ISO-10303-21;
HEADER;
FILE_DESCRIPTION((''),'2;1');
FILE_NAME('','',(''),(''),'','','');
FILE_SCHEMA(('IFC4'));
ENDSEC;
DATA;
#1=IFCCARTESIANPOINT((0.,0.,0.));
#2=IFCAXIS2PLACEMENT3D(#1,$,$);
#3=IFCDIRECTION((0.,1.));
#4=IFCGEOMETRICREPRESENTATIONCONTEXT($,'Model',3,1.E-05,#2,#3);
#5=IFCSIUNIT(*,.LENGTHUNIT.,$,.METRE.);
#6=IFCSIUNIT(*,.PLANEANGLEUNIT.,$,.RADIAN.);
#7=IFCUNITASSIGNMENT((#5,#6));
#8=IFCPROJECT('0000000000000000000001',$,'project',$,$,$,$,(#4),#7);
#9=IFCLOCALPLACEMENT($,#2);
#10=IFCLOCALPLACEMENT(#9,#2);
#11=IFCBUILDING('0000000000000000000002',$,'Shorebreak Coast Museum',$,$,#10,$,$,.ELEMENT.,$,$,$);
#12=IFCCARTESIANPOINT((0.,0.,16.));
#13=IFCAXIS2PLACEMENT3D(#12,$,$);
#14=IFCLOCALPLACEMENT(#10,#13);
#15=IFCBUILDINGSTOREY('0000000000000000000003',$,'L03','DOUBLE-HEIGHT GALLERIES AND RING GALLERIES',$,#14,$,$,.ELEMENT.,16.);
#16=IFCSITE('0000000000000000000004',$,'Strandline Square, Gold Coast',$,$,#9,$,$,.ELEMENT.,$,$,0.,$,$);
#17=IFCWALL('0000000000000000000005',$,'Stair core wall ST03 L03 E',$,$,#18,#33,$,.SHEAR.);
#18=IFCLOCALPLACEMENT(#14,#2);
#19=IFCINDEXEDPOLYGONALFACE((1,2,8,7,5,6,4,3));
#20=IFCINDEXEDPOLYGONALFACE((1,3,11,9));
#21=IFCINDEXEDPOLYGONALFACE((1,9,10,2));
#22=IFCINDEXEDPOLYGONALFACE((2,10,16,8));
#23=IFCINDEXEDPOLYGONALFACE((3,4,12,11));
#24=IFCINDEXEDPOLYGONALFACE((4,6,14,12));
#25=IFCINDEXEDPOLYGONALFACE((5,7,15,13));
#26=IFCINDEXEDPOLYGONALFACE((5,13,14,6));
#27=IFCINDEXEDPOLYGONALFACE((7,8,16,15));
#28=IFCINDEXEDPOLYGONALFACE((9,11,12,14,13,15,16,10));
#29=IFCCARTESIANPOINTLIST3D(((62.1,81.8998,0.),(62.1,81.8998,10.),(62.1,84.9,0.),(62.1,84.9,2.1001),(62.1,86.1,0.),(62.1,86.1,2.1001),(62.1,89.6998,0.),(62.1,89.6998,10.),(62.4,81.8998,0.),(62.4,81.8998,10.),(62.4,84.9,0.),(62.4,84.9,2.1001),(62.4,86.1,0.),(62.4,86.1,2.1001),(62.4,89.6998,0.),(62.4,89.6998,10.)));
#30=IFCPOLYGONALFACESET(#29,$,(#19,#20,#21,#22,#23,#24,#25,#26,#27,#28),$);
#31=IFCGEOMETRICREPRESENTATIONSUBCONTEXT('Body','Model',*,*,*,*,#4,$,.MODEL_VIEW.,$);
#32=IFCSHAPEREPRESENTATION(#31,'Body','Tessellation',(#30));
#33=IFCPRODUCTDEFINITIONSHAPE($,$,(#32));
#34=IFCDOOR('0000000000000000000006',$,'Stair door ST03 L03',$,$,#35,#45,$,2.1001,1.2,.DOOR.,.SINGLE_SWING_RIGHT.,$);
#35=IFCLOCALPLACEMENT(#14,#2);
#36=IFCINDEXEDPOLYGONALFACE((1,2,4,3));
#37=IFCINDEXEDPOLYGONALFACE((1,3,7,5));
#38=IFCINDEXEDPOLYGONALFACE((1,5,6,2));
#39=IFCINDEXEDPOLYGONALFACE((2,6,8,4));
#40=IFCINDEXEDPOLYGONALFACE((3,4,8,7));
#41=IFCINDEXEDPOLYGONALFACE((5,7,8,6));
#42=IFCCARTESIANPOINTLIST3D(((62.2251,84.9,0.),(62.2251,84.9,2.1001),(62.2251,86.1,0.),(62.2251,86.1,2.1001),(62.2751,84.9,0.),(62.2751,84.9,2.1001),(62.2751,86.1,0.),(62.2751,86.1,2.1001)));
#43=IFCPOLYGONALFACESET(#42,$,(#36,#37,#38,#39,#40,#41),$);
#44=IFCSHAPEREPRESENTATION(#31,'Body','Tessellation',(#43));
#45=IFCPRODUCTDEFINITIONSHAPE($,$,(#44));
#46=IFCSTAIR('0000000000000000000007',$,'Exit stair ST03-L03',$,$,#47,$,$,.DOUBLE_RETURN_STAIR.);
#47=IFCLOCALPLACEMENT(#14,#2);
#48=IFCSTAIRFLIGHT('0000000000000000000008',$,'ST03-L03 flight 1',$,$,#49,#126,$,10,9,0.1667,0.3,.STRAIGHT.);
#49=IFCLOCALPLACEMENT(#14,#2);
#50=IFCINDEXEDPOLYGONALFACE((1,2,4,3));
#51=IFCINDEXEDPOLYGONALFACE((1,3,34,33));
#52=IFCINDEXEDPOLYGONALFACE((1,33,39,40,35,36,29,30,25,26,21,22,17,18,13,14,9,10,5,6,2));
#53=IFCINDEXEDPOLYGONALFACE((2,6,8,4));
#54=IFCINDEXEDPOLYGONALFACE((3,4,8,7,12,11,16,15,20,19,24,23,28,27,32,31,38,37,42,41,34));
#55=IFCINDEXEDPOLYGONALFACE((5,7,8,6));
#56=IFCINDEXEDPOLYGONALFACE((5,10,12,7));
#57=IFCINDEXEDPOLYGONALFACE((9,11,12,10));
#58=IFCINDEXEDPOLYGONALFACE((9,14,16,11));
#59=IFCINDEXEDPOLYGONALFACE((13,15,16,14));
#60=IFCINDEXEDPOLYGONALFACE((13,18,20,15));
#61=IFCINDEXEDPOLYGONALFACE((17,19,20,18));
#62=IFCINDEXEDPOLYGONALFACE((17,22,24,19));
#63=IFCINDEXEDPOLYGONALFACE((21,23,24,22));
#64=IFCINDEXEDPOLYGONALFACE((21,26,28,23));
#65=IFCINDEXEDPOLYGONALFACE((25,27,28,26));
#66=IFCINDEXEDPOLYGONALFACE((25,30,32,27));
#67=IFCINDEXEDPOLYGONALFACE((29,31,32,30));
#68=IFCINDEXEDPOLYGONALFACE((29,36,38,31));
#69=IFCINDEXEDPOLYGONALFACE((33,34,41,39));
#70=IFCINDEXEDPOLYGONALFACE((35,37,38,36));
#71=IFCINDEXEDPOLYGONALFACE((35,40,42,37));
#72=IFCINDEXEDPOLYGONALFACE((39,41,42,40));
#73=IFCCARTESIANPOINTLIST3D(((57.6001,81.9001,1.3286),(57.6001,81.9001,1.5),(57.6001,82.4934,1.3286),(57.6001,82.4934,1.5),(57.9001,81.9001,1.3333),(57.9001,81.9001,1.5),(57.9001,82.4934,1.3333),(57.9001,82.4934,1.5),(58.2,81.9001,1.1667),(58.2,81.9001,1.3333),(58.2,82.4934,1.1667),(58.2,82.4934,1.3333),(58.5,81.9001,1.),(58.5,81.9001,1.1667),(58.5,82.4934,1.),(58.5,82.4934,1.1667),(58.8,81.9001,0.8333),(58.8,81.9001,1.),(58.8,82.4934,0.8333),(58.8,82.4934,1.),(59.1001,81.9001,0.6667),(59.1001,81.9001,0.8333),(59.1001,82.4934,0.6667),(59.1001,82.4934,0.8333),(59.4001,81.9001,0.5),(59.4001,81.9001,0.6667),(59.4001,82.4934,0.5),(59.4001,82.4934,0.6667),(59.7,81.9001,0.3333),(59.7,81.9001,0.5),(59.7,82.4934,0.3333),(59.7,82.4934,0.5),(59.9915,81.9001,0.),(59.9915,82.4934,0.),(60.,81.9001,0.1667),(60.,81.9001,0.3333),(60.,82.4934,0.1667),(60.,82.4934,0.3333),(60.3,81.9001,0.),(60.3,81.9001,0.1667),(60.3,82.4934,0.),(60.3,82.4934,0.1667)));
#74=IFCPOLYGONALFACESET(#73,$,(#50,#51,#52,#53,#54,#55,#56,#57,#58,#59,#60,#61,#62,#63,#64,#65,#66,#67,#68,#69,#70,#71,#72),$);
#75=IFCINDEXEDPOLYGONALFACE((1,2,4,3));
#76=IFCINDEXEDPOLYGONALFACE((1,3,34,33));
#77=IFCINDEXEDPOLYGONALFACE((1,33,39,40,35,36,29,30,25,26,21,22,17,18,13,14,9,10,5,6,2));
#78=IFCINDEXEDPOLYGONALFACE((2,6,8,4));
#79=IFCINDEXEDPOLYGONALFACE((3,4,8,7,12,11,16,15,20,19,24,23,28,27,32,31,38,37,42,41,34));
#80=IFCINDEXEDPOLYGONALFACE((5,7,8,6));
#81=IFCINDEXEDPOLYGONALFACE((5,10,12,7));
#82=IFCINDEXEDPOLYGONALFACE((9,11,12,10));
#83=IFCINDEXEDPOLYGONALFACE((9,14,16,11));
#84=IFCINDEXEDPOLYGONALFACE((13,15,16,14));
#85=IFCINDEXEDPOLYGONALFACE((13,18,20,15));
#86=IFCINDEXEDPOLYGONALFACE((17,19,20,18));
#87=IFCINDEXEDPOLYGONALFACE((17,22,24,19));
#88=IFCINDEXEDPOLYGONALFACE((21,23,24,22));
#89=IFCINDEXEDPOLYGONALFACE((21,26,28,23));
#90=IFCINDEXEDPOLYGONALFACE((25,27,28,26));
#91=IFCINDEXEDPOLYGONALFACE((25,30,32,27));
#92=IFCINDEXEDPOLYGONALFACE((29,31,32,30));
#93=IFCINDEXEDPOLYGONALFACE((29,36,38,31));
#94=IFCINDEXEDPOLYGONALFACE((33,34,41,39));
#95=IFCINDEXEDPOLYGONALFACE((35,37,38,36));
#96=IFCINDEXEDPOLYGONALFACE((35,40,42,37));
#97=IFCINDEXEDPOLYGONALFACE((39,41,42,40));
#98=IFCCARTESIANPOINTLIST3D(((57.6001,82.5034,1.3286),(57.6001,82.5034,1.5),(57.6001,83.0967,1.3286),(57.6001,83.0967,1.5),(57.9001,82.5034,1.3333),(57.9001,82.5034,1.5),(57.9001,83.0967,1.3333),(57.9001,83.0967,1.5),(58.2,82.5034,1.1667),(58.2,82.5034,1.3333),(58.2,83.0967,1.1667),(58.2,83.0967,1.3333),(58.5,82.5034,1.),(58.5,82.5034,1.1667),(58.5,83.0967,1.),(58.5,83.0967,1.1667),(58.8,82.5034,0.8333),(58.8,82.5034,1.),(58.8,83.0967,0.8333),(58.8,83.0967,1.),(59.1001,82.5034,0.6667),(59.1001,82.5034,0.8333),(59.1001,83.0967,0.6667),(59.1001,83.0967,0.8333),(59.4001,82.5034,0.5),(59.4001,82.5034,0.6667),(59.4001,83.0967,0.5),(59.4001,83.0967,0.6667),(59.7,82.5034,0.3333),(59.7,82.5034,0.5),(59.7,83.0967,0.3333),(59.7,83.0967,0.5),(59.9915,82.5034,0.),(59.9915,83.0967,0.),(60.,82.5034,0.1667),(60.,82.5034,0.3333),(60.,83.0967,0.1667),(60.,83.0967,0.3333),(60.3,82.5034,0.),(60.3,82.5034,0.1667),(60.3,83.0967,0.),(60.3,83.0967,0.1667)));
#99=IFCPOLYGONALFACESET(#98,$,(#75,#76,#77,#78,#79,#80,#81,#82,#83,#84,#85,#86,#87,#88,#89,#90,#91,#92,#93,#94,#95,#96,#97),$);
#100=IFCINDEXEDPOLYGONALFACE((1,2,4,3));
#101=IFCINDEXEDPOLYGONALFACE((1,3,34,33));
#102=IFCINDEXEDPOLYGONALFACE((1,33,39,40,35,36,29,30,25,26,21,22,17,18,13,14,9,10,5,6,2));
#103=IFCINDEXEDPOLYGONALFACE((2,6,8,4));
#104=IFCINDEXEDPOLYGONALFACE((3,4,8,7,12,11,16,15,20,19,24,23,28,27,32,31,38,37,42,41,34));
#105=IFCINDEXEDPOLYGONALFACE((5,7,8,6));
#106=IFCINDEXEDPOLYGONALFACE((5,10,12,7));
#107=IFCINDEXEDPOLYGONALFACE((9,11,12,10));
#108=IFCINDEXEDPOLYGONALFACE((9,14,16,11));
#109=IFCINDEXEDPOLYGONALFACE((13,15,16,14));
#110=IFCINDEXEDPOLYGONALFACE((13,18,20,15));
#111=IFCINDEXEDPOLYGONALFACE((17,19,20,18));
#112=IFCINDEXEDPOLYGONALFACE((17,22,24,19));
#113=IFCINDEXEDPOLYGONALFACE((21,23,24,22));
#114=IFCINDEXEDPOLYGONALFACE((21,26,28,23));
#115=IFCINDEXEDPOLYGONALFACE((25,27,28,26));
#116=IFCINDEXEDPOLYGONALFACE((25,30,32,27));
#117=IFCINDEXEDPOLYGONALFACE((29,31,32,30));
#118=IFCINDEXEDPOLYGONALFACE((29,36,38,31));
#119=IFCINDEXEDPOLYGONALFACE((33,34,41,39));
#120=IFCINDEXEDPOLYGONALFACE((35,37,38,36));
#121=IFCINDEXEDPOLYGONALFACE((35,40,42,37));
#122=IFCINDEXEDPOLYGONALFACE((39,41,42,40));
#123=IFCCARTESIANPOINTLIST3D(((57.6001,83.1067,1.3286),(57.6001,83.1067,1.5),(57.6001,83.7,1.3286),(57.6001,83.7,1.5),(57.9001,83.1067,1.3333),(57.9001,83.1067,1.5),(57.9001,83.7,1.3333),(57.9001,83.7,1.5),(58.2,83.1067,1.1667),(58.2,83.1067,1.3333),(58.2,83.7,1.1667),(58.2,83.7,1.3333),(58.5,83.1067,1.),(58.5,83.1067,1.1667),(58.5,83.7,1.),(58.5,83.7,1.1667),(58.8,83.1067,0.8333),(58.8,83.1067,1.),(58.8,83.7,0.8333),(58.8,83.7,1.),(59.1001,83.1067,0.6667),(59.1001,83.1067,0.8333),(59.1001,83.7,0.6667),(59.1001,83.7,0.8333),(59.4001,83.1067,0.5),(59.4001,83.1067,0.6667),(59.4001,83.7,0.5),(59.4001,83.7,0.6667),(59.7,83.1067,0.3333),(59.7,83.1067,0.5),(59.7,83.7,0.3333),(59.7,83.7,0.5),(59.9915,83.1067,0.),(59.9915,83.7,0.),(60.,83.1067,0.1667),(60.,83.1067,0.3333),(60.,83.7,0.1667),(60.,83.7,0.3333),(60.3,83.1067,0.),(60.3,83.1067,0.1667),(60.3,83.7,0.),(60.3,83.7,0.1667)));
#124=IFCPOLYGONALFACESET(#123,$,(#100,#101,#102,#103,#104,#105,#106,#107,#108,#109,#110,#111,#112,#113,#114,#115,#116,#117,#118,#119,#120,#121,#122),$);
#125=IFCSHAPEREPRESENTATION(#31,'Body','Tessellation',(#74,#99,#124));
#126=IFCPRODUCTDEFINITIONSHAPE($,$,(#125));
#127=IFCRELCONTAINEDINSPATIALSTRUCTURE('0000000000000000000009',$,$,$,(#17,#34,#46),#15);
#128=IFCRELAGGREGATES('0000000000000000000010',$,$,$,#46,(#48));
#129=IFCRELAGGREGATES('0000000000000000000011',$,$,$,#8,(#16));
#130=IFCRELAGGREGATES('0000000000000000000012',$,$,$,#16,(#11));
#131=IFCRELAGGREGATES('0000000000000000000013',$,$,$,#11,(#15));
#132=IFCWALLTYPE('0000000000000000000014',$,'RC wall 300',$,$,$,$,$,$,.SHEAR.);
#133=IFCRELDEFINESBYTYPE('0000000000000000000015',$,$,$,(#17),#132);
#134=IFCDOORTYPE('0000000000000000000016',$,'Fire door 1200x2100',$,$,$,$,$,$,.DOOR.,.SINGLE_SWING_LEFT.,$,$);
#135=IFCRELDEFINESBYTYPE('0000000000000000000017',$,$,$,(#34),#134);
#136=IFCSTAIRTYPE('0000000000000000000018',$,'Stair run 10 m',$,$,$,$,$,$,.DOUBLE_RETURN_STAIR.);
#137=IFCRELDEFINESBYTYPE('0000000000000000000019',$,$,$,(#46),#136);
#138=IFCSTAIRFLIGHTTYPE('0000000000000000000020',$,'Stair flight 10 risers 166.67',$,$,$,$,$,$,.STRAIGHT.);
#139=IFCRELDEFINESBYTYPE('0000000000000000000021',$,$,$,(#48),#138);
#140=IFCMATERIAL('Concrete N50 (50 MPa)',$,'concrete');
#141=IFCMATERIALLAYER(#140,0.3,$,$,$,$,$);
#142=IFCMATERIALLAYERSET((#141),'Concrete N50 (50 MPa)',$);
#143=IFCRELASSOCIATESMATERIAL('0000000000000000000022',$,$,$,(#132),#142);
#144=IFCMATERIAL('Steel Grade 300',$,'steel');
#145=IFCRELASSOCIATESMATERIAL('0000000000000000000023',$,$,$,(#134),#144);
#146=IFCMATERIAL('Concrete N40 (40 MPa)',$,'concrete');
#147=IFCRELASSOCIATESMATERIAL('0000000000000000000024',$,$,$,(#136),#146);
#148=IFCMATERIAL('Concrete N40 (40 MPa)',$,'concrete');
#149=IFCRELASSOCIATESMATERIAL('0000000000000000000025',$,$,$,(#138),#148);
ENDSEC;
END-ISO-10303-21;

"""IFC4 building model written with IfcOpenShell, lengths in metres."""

from ifc_helpers import new_model, si_unit, direction, frame, frame_2d, origin, place, context, subcontext, project, spatial, polyline, rectangle, outline, extrude, material, layer, layer_set, type_object, element, fill, aggregate, save


model = new_model("IFC4")

# Units and contexts
model_context = context("Model", 3, precision=1e-05, world=origin(), true_north=direction((0.0, 1.0)))
body_context = subcontext(model_context, "Body", "Model", "MODEL_VIEW")
ifc_project = project(units=[si_unit("LENGTHUNIT", "METRE"), si_unit("PLANEANGLEUNIT", "RADIAN")], contexts=[model_context])

# Site, building, storey
site_placement = place(None, origin())
site = spatial("IfcSite", under=ifc_project, at=site_placement, Name="Strandline Square, Gold Coast", CompositionType="ELEMENT", RefElevation=0.0)
building_placement = place(site_placement, origin())
building = spatial("IfcBuilding", under=site, at=building_placement, Name="Shorebreak Coast Museum", CompositionType="ELEMENT")
storey_placement = place(building_placement, frame((0.0, 0.0, 16.0)))
storey = spatial("IfcBuildingStorey", under=building, at=storey_placement, Name="L03", Description="DOUBLE-HEIGHT GALLERIES AND RING GALLERIES", CompositionType="ELEMENT", Elevation=16.0)

# Shared definitions
ifc_material_1 = material(Name="Concrete N50 (50 MPa)", Category="concrete")
ifc_layer_1 = layer(ifc_material_1, 0.3)
ifc_layer_set_1 = layer_set([ifc_layer_1], Name="Concrete N50 (50 MPa)")
wall_type_1 = type_object("IfcWallType", Name="RC wall 300", PredefinedType="SHEAR", material=ifc_layer_set_1)
ifc_material_2 = material(Name="Steel Grade 300", Category="steel")
door_type = type_object("IfcDoorType", Name="Fire door 1200x2100", OperationType="SINGLE_SWING_LEFT", PredefinedType="DOOR", material=ifc_material_2)

# Wall, opening, door
wall_1_placement = place(storey_placement, frame((62.25, 81.8999, 0.0), z_axis=(0.0, 0.0, 1.0), x_axis=(0.0, 1.0, 0.0)))
wall_1 = element("IfcWall", 1, at=wall_1_placement, inside=storey, type_object=wall_type_1, Name="Stair core wall ST03 L03 E", PredefinedType="SHEAR", context=body_context, shape_type="SweptSolid", body=[
    extrude(rectangle(XDim=7.8, YDim=0.3, at=frame_2d((3.8999, 0.0))), origin(), (0.0, 0.0, 1.0), 10.0),
])
opening_1_placement = place(wall_1_placement, frame((3.0, 0.0, 0.0)))
opening_1 = element("IfcOpeningElement", 2, at=opening_1_placement, cuts=wall_1, PredefinedType="OPENING", context=body_context, shape_type="SweptSolid", body=[
    extrude(rectangle(XDim=1.2, YDim=2.1001, at=frame_2d((0.6001, 1.05))), frame((0.0, 0.1599, 0.0), z_axis=(0.0, -1.0, 0.0), x_axis=(1.0, 0.0, 0.0)), (0.0, 0.0, 1.0), 0.3201),
])
door_1_placement = place(opening_1_placement, origin())
door_1 = element("IfcDoor", 3, at=door_1_placement, inside=storey, type_object=door_type, Name="Stair door ST03 L03", OperationType="SINGLE_SWING_RIGHT", OverallHeight=2.1001, OverallWidth=1.2, PredefinedType="DOOR", context=body_context, shape_type="SweptSolid", body=[
    extrude(rectangle(XDim=1.2, YDim=2.1001, at=frame_2d((0.6001, 1.05))), frame((0.0, 0.0249, 0.0), z_axis=(0.0, -1.0, 0.0), x_axis=(1.0, 0.0, 0.0)), (0.0, 0.0, 1.0), 0.05),
])
fill(opening_1, door_1)

# Stair, stair flight
ifc_material_3 = material(Name="Concrete N40 (40 MPa)", Category="concrete")
stair_type = type_object("IfcStairType", Name="Stair run 10 m", PredefinedType="DOUBLE_RETURN_STAIR", material=ifc_material_3)
stair_placement = place(storey_placement, origin())
stair = element("IfcStair", 4, at=stair_placement, inside=storey, type_object=stair_type, Name="Exit stair ST03-L03", PredefinedType="DOUBLE_RETURN_STAIR")
ifc_material_4 = material(Name="Concrete N40 (40 MPa)", Category="concrete")
stair_flight_type = type_object("IfcStairFlightType", Name="Stair flight 10 risers 166.67", PredefinedType="STRAIGHT", material=ifc_material_4)
stair_flight_1_placement = place(storey_placement, frame((60.3, 82.8, 0.0), z_axis=(0.0, 0.0, 1.0), x_axis=(-1.0, 0.0, 0.0)))
stair_flight_1 = element("IfcStairFlight", 5, at=stair_flight_1_placement, type_object=stair_flight_type, Name="ST03-L03 flight 1", NumberOfRisers=10, NumberOfTreads=9, PredefinedType="STRAIGHT", RiserHeight=0.1667, TreadLength=0.3, context=body_context, shape_type="SweptSolid", body=[
    extrude(outline(polyline([(0.0, 0.0), (0.0, 0.1667), (0.3, 0.1667), (0.3, 0.3333), (0.6001, 0.3333), (0.6001, 0.5), (0.8999, 0.5), (0.8999, 0.6667), (1.2, 0.6667), (1.2, 0.8333), (1.5, 0.8333), (1.5, 1.0), (1.8, 1.0), (1.8, 1.1667), (2.1001, 1.1667), (2.1001, 1.3333), (2.3999, 1.3333), (2.3999, 1.5), (2.7, 1.5), (2.7, 1.6667), (2.7, 1.3286), (0.3086, 0.0), (0.0, 0.0)])), frame((0.0, 0.8999, 0.0), z_axis=(0.0, -1.0, 0.0), x_axis=(1.0, 0.0, 0.0)), (0.0, 0.0, 1.0), 0.5933),
    extrude(outline(polyline([(0.0, 0.0), (0.0, 0.1667), (0.3, 0.1667), (0.3, 0.3333), (0.6001, 0.3333), (0.6001, 0.5), (0.8999, 0.5), (0.8999, 0.6667), (1.2, 0.6667), (1.2, 0.8333), (1.5, 0.8333), (1.5, 1.0), (1.8, 1.0), (1.8, 1.1667), (2.1001, 1.1667), (2.1001, 1.3333), (2.3999, 1.3333), (2.3999, 1.5), (2.7, 1.5), (2.7, 1.6667), (2.7, 1.3286), (0.3086, 0.0), (0.0, 0.0)])), frame((0.0, 0.2966, 0.0), z_axis=(0.0, -1.0, 0.0), x_axis=(1.0, 0.0, 0.0)), (0.0, 0.0, 1.0), 0.5933),
    extrude(outline(polyline([(0.0, 0.0), (0.0, 0.1667), (0.3, 0.1667), (0.3, 0.3333), (0.6001, 0.3333), (0.6001, 0.5), (0.8999, 0.5), (0.8999, 0.6667), (1.2, 0.6667), (1.2, 0.8333), (1.5, 0.8333), (1.5, 1.0), (1.8, 1.0), (1.8, 1.1667), (2.1001, 1.1667), (2.1001, 1.3333), (2.3999, 1.3333), (2.3999, 1.5), (2.7, 1.5), (2.7, 1.6667), (2.7, 1.3286), (0.3086, 0.0), (0.0, 0.0)])), frame((0.0, -0.3066, 0.0), z_axis=(0.0, -1.0, 0.0), x_axis=(1.0, 0.0, 0.0)), (0.0, 0.0, 1.0), 0.5933),
])
aggregate(stair, [stair_flight_1])

save(model, "model.ifc")
